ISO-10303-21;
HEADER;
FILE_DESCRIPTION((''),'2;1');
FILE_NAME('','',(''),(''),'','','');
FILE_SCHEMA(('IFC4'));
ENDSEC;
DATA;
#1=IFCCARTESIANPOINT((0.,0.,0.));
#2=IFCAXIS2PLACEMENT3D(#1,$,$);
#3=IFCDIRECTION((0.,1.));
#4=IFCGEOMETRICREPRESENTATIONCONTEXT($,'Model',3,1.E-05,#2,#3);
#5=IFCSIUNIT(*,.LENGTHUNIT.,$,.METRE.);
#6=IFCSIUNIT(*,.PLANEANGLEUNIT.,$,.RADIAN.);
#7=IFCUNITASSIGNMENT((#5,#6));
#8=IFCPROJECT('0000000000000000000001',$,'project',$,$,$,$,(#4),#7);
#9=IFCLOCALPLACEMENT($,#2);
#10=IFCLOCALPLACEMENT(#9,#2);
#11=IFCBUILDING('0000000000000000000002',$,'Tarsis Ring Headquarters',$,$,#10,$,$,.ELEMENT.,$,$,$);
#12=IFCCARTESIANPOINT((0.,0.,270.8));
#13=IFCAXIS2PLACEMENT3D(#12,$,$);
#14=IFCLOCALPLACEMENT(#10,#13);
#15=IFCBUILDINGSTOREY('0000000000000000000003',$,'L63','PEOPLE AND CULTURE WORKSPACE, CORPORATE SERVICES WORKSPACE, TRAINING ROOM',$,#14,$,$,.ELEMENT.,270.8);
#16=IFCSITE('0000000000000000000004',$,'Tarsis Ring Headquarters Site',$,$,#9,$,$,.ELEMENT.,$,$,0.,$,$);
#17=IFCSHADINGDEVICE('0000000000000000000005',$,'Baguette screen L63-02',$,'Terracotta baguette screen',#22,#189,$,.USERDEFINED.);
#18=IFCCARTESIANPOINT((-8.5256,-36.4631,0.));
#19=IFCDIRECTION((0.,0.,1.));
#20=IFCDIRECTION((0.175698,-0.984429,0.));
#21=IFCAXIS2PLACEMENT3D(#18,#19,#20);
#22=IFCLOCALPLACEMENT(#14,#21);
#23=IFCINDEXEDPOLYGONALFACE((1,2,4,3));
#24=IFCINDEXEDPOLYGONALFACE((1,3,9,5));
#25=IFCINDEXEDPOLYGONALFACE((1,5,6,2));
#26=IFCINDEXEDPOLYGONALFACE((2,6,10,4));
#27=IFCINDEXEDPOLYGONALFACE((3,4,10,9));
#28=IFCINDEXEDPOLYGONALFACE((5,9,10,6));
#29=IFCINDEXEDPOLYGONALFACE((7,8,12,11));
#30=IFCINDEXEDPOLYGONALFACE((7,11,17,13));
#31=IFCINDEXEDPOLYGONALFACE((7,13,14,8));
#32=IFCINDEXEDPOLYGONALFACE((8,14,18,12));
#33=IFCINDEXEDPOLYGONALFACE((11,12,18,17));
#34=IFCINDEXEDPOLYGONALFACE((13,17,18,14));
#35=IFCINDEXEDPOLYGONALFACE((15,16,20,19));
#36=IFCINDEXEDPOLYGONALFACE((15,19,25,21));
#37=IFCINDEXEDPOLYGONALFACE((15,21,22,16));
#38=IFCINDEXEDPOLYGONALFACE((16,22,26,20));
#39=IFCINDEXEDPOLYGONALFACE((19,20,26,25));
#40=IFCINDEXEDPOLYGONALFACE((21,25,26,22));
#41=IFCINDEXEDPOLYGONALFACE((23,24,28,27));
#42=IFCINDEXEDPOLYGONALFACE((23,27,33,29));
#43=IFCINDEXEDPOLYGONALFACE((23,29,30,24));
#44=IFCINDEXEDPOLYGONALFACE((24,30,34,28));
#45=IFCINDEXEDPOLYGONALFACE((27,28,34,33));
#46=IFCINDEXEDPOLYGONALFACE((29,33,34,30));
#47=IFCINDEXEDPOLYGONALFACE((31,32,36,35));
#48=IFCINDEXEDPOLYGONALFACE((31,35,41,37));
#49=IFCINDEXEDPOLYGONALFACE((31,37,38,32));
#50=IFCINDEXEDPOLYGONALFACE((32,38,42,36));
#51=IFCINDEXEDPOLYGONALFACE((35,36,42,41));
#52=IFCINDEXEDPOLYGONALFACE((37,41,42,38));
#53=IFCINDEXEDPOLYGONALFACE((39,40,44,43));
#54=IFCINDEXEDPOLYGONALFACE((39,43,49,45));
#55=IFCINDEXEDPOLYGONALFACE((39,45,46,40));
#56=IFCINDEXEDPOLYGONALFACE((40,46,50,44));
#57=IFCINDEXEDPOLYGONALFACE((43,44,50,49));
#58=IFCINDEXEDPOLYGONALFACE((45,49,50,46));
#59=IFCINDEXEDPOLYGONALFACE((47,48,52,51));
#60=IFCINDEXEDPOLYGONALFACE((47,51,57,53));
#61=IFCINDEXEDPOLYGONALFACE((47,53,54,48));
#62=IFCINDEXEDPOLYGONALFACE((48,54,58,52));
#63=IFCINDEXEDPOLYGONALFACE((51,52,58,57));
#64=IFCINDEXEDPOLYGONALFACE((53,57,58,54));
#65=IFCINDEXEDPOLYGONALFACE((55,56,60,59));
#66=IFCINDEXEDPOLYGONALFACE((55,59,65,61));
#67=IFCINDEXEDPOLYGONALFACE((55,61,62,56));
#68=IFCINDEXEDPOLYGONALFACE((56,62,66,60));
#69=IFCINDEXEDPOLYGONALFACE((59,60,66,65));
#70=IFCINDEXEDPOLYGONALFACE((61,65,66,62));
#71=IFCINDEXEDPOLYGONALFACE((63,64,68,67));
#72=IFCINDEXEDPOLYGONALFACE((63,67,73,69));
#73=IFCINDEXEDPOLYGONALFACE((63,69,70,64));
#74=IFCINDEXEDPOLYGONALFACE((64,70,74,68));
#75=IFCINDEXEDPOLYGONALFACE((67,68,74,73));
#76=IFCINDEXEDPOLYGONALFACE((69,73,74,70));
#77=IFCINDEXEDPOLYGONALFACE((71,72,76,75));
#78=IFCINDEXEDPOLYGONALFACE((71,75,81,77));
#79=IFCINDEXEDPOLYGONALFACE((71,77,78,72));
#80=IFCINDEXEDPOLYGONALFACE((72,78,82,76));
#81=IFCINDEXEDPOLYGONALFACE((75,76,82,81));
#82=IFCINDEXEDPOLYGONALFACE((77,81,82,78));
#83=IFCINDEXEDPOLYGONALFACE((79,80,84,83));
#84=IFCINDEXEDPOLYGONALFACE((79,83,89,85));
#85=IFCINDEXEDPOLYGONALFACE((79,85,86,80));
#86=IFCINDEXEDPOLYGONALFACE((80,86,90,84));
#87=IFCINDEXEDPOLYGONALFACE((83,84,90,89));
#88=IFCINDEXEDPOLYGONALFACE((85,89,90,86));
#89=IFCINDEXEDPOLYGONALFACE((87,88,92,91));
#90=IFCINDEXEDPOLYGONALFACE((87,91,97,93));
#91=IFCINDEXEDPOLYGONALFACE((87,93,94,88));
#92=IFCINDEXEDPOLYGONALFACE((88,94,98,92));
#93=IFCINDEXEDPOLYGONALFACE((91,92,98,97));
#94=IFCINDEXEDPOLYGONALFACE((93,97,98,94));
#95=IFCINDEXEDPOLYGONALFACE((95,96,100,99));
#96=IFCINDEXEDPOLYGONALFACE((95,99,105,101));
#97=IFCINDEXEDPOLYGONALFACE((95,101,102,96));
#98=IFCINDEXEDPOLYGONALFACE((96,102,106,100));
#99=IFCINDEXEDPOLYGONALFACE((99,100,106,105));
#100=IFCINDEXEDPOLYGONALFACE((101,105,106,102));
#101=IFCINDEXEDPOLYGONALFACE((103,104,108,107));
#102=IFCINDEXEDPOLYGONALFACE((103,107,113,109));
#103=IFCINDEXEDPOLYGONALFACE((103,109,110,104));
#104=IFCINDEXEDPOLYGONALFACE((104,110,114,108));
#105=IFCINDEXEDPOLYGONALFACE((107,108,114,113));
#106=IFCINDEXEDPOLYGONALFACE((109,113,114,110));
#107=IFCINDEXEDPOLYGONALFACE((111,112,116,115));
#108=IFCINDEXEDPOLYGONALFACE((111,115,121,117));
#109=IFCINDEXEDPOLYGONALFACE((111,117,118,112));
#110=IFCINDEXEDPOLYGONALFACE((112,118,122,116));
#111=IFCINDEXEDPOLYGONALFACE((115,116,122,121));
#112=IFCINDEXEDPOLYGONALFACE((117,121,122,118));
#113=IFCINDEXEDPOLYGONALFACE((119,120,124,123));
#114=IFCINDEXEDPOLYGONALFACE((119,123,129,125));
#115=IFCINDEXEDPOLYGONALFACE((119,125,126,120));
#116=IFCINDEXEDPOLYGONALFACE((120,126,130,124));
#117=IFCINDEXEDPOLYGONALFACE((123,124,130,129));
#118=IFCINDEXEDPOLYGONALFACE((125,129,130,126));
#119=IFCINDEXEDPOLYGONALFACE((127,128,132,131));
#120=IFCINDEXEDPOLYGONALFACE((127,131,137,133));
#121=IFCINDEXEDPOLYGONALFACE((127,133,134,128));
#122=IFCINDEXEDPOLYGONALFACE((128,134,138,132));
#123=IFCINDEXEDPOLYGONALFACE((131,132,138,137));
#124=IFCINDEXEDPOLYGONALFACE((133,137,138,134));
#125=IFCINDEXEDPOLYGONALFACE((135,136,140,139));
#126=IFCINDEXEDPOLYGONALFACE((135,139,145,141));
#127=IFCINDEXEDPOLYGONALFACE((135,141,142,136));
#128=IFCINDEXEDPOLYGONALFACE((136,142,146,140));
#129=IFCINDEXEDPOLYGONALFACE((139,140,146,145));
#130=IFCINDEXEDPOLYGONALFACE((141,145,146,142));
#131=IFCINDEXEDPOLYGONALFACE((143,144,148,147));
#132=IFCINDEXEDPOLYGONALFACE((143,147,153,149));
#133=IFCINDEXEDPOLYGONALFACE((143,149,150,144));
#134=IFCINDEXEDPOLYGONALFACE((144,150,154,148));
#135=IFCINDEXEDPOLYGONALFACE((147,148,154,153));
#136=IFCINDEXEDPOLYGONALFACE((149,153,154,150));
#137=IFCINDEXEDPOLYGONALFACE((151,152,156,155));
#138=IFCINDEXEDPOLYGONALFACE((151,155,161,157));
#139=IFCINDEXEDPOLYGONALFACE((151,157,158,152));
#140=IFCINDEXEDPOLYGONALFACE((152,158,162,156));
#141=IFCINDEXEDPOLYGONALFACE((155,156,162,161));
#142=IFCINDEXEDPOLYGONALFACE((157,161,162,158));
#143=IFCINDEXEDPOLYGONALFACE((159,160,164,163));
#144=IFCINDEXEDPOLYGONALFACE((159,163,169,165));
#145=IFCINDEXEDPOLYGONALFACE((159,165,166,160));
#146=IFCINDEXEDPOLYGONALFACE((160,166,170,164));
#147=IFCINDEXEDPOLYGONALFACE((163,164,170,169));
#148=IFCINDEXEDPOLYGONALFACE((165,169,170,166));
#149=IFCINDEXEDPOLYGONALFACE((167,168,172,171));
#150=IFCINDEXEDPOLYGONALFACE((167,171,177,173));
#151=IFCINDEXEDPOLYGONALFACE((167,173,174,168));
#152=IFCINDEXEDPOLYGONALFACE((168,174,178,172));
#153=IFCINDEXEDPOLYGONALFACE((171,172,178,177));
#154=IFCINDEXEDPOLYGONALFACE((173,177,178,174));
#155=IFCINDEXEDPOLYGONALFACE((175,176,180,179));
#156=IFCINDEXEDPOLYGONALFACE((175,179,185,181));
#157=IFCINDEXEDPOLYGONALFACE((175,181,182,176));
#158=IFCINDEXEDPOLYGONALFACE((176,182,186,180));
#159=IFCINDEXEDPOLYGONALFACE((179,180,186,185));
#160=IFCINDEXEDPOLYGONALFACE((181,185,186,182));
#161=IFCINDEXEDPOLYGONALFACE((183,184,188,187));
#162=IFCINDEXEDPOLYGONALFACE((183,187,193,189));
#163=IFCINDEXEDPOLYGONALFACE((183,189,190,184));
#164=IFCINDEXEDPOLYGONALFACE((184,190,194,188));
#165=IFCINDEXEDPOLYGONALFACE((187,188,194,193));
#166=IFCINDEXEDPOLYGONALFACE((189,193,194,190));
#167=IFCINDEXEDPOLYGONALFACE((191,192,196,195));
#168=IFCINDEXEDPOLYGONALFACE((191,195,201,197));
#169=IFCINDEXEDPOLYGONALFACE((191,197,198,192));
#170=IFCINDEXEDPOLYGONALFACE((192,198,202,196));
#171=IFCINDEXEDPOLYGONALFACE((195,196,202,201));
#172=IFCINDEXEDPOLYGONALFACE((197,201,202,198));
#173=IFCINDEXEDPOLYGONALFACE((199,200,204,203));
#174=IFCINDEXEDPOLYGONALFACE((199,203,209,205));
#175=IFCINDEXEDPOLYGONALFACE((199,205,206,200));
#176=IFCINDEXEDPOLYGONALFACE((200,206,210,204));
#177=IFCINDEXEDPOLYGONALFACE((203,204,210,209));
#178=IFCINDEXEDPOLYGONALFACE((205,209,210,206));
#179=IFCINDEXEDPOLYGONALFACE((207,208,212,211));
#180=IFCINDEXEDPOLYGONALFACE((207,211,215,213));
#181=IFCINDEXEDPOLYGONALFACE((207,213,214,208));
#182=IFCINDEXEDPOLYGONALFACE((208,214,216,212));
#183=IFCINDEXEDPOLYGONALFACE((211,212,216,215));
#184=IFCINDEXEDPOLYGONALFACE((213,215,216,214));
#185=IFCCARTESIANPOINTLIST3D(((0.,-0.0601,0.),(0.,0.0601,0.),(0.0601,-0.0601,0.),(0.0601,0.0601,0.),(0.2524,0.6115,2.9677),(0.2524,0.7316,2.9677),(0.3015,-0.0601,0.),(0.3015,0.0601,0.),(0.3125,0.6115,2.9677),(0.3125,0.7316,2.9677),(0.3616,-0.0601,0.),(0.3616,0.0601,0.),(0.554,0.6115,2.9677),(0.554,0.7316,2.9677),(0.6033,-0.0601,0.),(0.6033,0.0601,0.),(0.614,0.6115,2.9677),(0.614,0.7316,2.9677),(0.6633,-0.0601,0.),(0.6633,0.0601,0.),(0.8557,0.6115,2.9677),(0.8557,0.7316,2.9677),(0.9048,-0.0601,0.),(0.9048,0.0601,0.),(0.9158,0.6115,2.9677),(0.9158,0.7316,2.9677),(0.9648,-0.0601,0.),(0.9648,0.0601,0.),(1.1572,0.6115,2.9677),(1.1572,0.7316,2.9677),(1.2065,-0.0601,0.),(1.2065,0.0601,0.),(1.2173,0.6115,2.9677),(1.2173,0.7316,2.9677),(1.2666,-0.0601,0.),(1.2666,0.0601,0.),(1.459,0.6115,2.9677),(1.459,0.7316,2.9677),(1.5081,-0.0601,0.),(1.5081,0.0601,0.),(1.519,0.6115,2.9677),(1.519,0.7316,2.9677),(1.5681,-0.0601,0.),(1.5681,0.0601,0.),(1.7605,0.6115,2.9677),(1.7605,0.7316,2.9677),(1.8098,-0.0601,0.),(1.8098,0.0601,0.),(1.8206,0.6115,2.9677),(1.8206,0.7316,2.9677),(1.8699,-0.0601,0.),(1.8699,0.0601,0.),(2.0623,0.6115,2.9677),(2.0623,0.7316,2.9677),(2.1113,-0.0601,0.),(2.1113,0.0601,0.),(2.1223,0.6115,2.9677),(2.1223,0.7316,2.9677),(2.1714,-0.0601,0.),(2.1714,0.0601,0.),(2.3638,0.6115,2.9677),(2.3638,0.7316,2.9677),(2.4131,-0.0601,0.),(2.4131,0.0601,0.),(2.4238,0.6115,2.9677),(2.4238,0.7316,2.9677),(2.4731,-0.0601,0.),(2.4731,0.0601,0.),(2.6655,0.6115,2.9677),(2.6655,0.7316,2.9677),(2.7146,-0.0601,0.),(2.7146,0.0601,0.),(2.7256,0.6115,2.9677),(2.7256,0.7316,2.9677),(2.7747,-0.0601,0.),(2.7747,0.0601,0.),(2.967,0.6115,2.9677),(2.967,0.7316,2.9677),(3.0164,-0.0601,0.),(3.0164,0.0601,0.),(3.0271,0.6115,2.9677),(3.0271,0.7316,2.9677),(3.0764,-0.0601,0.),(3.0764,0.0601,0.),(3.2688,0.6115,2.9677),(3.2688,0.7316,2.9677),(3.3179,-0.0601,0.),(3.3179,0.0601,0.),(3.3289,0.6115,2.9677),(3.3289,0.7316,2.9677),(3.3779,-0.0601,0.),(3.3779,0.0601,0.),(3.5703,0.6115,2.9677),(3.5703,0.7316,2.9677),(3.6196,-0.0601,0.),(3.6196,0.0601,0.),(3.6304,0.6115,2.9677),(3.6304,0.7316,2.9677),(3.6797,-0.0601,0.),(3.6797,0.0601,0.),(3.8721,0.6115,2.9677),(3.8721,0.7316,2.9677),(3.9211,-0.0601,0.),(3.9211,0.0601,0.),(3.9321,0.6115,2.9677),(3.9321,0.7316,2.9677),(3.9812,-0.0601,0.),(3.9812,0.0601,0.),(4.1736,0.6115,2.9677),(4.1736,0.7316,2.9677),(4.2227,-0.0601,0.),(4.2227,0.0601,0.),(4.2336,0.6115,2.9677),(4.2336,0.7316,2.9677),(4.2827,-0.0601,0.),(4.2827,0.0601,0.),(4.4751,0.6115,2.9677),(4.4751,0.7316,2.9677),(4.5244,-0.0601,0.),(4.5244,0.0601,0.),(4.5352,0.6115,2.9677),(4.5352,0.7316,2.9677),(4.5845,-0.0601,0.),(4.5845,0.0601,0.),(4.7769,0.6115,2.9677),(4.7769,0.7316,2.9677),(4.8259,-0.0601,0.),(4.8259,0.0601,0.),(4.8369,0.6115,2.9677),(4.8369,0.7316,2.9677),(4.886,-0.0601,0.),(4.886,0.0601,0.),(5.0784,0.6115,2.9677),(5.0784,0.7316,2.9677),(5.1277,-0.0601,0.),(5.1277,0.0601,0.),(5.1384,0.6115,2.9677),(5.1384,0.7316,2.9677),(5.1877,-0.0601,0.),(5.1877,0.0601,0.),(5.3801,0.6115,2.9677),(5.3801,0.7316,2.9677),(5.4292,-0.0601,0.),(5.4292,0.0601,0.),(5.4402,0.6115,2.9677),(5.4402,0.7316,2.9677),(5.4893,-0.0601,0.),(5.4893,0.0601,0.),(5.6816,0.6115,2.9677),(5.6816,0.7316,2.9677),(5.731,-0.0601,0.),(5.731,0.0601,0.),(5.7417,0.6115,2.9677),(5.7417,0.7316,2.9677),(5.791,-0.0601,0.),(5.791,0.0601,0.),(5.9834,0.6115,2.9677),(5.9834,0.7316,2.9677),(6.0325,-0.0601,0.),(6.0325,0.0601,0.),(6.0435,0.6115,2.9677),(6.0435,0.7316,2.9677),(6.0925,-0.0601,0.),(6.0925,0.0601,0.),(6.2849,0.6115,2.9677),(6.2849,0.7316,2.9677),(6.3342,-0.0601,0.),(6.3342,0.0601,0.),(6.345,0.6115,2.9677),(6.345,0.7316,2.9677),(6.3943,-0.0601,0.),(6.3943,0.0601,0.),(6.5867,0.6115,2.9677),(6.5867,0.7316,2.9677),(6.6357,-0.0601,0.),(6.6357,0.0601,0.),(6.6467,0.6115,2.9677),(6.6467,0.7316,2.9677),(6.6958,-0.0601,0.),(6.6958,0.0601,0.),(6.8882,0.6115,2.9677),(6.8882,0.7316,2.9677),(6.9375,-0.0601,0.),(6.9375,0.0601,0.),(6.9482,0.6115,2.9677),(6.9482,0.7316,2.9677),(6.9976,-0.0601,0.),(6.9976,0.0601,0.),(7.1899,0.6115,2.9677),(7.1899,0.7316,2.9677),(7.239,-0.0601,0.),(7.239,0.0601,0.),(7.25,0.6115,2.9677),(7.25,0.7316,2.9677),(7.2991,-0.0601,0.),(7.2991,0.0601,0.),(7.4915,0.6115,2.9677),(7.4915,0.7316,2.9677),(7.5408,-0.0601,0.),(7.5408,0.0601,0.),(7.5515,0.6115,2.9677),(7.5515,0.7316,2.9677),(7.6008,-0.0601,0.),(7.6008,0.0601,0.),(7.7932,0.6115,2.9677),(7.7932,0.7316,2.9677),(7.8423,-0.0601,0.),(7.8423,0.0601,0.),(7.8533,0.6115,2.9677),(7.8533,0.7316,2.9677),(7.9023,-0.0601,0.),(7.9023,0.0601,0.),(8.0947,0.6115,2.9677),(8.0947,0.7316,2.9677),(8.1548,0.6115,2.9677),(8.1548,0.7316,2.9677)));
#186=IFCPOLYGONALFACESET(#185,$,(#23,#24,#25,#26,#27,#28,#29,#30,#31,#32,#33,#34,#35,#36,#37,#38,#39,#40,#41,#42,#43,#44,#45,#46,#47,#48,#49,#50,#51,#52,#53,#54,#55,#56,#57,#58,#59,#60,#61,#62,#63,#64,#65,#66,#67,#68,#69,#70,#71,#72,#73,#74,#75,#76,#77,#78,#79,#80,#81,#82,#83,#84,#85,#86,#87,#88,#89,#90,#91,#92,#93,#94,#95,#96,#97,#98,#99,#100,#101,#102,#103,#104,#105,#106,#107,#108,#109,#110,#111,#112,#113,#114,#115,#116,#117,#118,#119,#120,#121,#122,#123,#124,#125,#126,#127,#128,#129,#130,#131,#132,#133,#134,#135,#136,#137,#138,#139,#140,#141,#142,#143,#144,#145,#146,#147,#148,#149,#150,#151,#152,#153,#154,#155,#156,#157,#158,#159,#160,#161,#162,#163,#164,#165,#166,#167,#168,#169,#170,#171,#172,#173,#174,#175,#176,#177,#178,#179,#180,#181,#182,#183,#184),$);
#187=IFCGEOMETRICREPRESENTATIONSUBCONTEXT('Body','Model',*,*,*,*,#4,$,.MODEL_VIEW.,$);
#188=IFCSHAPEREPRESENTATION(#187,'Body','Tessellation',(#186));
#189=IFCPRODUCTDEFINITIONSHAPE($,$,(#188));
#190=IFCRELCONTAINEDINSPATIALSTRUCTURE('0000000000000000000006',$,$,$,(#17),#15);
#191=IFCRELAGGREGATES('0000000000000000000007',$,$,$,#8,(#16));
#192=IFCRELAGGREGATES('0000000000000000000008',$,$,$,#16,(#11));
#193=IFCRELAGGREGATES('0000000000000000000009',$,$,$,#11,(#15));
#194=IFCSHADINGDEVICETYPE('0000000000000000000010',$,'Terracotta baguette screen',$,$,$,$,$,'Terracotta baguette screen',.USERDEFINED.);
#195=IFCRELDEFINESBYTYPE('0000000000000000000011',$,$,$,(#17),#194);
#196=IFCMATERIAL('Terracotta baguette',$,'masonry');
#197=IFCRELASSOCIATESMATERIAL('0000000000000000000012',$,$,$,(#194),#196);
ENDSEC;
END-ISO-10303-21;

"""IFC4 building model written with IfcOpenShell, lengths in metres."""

from ifc_helpers import new_model, si_unit, direction, frame, frame_2d, origin, place, context, subcontext, project, spatial, rectangle, composite_profile, extrude, material, type_object, element, save


model = new_model("IFC4")

# Units and contexts
model_context = context("Model", 3, precision=1e-05, world=origin(), true_north=direction((0.0, 1.0)))
body_context = subcontext(model_context, "Body", "Model", "MODEL_VIEW")
ifc_project = project(units=[si_unit("LENGTHUNIT", "METRE"), si_unit("PLANEANGLEUNIT", "RADIAN")], contexts=[model_context])

# Site, building, storey
site_placement = place(None, origin())
site = spatial("IfcSite", under=ifc_project, at=site_placement, Name="Tarsis Ring Headquarters Site", CompositionType="ELEMENT", RefElevation=0.0)
building_placement = place(site_placement, origin())
building = spatial("IfcBuilding", under=site, at=building_placement, Name="Tarsis Ring Headquarters", CompositionType="ELEMENT")
storey_placement = place(building_placement, frame((0.0, 0.0, 270.8)))
storey = spatial("IfcBuildingStorey", under=building, at=storey_placement, Name="L63", Description="PEOPLE AND CULTURE WORKSPACE, CORPORATE SERVICES WORKSPACE, TRAINING ROOM", CompositionType="ELEMENT", Elevation=270.8)

# Shading device
ifc_material_1 = material(Name="Terracotta baguette", Category="masonry")
shading_device_type_1 = type_object("IfcShadingDeviceType", Name="Terracotta baguette screen", ElementType="Terracotta baguette screen", PredefinedType="USERDEFINED", material=ifc_material_1)
shading_device_1_placement = place(storey_placement, frame((-8.5256, -36.4631, 0.0), z_axis=(0.0, 0.0, 1.0), x_axis=(0.175698, -0.984429, 0.0)))
element("IfcShadingDevice", 1, at=shading_device_1_placement, inside=storey, type_object=shading_device_type_1, Name="Baguette screen L63-02", ObjectType="Terracotta baguette screen", PredefinedType="USERDEFINED", context=body_context, shape_type="SweptSolid", body=[
    extrude(composite_profile([rectangle(XDim=0.0601, YDim=0.1201, at=frame_2d((0.03, 0.0))), rectangle(XDim=0.0601, YDim=0.1201, at=frame_2d((0.3315, 0.0))), rectangle(XDim=0.0601, YDim=0.1201, at=frame_2d((0.6333, 0.0))), rectangle(XDim=0.0601, YDim=0.1201, at=frame_2d((0.9348, 0.0))), rectangle(XDim=0.0601, YDim=0.1201, at=frame_2d((1.2366, 0.0))), rectangle(XDim=0.0601, YDim=0.1201, at=frame_2d((1.5381, 0.0))), rectangle(XDim=0.0601, YDim=0.1201, at=frame_2d((1.8398, 0.0))), rectangle(XDim=0.0601, YDim=0.1201, at=frame_2d((2.1414, 0.0))), rectangle(XDim=0.0601, YDim=0.1201, at=frame_2d((2.4431, 0.0))), rectangle(XDim=0.0601, YDim=0.1201, at=frame_2d((2.7446, 0.0))), rectangle(XDim=0.0601, YDim=0.1201, at=frame_2d((3.0464, 0.0))), rectangle(XDim=0.0601, YDim=0.1201, at=frame_2d((3.3479, 0.0))), rectangle(XDim=0.0601, YDim=0.1201, at=frame_2d((3.6497, 0.0))), rectangle(XDim=0.0601, YDim=0.1201, at=frame_2d((3.9512, 0.0))), rectangle(XDim=0.0601, YDim=0.1201, at=frame_2d((4.2527, 0.0))), rectangle(XDim=0.0601, YDim=0.1201, at=frame_2d((4.5544, 0.0))), rectangle(XDim=0.0601, YDim=0.1201, at=frame_2d((4.856, 0.0))), rectangle(XDim=0.0601, YDim=0.1201, at=frame_2d((5.1577, 0.0))), rectangle(XDim=0.0601, YDim=0.1201, at=frame_2d((5.4592, 0.0))), rectangle(XDim=0.0601, YDim=0.1201, at=frame_2d((5.761, 0.0))), rectangle(XDim=0.0601, YDim=0.1201, at=frame_2d((6.0625, 0.0))), rectangle(XDim=0.0601, YDim=0.1201, at=frame_2d((6.3643, 0.0))), rectangle(XDim=0.0601, YDim=0.1201, at=frame_2d((6.6658, 0.0))), rectangle(XDim=0.0601, YDim=0.1201, at=frame_2d((6.9675, 0.0))), rectangle(XDim=0.0601, YDim=0.1201, at=frame_2d((7.269, 0.0))), rectangle(XDim=0.0601, YDim=0.1201, at=frame_2d((7.5708, 0.0))), rectangle(XDim=0.0601, YDim=0.1201, at=frame_2d((7.8723, 0.0)))]), origin(), (0.08268, 0.219938, 0.972004), 3.0532),
])

save(model, "model.ifc")
